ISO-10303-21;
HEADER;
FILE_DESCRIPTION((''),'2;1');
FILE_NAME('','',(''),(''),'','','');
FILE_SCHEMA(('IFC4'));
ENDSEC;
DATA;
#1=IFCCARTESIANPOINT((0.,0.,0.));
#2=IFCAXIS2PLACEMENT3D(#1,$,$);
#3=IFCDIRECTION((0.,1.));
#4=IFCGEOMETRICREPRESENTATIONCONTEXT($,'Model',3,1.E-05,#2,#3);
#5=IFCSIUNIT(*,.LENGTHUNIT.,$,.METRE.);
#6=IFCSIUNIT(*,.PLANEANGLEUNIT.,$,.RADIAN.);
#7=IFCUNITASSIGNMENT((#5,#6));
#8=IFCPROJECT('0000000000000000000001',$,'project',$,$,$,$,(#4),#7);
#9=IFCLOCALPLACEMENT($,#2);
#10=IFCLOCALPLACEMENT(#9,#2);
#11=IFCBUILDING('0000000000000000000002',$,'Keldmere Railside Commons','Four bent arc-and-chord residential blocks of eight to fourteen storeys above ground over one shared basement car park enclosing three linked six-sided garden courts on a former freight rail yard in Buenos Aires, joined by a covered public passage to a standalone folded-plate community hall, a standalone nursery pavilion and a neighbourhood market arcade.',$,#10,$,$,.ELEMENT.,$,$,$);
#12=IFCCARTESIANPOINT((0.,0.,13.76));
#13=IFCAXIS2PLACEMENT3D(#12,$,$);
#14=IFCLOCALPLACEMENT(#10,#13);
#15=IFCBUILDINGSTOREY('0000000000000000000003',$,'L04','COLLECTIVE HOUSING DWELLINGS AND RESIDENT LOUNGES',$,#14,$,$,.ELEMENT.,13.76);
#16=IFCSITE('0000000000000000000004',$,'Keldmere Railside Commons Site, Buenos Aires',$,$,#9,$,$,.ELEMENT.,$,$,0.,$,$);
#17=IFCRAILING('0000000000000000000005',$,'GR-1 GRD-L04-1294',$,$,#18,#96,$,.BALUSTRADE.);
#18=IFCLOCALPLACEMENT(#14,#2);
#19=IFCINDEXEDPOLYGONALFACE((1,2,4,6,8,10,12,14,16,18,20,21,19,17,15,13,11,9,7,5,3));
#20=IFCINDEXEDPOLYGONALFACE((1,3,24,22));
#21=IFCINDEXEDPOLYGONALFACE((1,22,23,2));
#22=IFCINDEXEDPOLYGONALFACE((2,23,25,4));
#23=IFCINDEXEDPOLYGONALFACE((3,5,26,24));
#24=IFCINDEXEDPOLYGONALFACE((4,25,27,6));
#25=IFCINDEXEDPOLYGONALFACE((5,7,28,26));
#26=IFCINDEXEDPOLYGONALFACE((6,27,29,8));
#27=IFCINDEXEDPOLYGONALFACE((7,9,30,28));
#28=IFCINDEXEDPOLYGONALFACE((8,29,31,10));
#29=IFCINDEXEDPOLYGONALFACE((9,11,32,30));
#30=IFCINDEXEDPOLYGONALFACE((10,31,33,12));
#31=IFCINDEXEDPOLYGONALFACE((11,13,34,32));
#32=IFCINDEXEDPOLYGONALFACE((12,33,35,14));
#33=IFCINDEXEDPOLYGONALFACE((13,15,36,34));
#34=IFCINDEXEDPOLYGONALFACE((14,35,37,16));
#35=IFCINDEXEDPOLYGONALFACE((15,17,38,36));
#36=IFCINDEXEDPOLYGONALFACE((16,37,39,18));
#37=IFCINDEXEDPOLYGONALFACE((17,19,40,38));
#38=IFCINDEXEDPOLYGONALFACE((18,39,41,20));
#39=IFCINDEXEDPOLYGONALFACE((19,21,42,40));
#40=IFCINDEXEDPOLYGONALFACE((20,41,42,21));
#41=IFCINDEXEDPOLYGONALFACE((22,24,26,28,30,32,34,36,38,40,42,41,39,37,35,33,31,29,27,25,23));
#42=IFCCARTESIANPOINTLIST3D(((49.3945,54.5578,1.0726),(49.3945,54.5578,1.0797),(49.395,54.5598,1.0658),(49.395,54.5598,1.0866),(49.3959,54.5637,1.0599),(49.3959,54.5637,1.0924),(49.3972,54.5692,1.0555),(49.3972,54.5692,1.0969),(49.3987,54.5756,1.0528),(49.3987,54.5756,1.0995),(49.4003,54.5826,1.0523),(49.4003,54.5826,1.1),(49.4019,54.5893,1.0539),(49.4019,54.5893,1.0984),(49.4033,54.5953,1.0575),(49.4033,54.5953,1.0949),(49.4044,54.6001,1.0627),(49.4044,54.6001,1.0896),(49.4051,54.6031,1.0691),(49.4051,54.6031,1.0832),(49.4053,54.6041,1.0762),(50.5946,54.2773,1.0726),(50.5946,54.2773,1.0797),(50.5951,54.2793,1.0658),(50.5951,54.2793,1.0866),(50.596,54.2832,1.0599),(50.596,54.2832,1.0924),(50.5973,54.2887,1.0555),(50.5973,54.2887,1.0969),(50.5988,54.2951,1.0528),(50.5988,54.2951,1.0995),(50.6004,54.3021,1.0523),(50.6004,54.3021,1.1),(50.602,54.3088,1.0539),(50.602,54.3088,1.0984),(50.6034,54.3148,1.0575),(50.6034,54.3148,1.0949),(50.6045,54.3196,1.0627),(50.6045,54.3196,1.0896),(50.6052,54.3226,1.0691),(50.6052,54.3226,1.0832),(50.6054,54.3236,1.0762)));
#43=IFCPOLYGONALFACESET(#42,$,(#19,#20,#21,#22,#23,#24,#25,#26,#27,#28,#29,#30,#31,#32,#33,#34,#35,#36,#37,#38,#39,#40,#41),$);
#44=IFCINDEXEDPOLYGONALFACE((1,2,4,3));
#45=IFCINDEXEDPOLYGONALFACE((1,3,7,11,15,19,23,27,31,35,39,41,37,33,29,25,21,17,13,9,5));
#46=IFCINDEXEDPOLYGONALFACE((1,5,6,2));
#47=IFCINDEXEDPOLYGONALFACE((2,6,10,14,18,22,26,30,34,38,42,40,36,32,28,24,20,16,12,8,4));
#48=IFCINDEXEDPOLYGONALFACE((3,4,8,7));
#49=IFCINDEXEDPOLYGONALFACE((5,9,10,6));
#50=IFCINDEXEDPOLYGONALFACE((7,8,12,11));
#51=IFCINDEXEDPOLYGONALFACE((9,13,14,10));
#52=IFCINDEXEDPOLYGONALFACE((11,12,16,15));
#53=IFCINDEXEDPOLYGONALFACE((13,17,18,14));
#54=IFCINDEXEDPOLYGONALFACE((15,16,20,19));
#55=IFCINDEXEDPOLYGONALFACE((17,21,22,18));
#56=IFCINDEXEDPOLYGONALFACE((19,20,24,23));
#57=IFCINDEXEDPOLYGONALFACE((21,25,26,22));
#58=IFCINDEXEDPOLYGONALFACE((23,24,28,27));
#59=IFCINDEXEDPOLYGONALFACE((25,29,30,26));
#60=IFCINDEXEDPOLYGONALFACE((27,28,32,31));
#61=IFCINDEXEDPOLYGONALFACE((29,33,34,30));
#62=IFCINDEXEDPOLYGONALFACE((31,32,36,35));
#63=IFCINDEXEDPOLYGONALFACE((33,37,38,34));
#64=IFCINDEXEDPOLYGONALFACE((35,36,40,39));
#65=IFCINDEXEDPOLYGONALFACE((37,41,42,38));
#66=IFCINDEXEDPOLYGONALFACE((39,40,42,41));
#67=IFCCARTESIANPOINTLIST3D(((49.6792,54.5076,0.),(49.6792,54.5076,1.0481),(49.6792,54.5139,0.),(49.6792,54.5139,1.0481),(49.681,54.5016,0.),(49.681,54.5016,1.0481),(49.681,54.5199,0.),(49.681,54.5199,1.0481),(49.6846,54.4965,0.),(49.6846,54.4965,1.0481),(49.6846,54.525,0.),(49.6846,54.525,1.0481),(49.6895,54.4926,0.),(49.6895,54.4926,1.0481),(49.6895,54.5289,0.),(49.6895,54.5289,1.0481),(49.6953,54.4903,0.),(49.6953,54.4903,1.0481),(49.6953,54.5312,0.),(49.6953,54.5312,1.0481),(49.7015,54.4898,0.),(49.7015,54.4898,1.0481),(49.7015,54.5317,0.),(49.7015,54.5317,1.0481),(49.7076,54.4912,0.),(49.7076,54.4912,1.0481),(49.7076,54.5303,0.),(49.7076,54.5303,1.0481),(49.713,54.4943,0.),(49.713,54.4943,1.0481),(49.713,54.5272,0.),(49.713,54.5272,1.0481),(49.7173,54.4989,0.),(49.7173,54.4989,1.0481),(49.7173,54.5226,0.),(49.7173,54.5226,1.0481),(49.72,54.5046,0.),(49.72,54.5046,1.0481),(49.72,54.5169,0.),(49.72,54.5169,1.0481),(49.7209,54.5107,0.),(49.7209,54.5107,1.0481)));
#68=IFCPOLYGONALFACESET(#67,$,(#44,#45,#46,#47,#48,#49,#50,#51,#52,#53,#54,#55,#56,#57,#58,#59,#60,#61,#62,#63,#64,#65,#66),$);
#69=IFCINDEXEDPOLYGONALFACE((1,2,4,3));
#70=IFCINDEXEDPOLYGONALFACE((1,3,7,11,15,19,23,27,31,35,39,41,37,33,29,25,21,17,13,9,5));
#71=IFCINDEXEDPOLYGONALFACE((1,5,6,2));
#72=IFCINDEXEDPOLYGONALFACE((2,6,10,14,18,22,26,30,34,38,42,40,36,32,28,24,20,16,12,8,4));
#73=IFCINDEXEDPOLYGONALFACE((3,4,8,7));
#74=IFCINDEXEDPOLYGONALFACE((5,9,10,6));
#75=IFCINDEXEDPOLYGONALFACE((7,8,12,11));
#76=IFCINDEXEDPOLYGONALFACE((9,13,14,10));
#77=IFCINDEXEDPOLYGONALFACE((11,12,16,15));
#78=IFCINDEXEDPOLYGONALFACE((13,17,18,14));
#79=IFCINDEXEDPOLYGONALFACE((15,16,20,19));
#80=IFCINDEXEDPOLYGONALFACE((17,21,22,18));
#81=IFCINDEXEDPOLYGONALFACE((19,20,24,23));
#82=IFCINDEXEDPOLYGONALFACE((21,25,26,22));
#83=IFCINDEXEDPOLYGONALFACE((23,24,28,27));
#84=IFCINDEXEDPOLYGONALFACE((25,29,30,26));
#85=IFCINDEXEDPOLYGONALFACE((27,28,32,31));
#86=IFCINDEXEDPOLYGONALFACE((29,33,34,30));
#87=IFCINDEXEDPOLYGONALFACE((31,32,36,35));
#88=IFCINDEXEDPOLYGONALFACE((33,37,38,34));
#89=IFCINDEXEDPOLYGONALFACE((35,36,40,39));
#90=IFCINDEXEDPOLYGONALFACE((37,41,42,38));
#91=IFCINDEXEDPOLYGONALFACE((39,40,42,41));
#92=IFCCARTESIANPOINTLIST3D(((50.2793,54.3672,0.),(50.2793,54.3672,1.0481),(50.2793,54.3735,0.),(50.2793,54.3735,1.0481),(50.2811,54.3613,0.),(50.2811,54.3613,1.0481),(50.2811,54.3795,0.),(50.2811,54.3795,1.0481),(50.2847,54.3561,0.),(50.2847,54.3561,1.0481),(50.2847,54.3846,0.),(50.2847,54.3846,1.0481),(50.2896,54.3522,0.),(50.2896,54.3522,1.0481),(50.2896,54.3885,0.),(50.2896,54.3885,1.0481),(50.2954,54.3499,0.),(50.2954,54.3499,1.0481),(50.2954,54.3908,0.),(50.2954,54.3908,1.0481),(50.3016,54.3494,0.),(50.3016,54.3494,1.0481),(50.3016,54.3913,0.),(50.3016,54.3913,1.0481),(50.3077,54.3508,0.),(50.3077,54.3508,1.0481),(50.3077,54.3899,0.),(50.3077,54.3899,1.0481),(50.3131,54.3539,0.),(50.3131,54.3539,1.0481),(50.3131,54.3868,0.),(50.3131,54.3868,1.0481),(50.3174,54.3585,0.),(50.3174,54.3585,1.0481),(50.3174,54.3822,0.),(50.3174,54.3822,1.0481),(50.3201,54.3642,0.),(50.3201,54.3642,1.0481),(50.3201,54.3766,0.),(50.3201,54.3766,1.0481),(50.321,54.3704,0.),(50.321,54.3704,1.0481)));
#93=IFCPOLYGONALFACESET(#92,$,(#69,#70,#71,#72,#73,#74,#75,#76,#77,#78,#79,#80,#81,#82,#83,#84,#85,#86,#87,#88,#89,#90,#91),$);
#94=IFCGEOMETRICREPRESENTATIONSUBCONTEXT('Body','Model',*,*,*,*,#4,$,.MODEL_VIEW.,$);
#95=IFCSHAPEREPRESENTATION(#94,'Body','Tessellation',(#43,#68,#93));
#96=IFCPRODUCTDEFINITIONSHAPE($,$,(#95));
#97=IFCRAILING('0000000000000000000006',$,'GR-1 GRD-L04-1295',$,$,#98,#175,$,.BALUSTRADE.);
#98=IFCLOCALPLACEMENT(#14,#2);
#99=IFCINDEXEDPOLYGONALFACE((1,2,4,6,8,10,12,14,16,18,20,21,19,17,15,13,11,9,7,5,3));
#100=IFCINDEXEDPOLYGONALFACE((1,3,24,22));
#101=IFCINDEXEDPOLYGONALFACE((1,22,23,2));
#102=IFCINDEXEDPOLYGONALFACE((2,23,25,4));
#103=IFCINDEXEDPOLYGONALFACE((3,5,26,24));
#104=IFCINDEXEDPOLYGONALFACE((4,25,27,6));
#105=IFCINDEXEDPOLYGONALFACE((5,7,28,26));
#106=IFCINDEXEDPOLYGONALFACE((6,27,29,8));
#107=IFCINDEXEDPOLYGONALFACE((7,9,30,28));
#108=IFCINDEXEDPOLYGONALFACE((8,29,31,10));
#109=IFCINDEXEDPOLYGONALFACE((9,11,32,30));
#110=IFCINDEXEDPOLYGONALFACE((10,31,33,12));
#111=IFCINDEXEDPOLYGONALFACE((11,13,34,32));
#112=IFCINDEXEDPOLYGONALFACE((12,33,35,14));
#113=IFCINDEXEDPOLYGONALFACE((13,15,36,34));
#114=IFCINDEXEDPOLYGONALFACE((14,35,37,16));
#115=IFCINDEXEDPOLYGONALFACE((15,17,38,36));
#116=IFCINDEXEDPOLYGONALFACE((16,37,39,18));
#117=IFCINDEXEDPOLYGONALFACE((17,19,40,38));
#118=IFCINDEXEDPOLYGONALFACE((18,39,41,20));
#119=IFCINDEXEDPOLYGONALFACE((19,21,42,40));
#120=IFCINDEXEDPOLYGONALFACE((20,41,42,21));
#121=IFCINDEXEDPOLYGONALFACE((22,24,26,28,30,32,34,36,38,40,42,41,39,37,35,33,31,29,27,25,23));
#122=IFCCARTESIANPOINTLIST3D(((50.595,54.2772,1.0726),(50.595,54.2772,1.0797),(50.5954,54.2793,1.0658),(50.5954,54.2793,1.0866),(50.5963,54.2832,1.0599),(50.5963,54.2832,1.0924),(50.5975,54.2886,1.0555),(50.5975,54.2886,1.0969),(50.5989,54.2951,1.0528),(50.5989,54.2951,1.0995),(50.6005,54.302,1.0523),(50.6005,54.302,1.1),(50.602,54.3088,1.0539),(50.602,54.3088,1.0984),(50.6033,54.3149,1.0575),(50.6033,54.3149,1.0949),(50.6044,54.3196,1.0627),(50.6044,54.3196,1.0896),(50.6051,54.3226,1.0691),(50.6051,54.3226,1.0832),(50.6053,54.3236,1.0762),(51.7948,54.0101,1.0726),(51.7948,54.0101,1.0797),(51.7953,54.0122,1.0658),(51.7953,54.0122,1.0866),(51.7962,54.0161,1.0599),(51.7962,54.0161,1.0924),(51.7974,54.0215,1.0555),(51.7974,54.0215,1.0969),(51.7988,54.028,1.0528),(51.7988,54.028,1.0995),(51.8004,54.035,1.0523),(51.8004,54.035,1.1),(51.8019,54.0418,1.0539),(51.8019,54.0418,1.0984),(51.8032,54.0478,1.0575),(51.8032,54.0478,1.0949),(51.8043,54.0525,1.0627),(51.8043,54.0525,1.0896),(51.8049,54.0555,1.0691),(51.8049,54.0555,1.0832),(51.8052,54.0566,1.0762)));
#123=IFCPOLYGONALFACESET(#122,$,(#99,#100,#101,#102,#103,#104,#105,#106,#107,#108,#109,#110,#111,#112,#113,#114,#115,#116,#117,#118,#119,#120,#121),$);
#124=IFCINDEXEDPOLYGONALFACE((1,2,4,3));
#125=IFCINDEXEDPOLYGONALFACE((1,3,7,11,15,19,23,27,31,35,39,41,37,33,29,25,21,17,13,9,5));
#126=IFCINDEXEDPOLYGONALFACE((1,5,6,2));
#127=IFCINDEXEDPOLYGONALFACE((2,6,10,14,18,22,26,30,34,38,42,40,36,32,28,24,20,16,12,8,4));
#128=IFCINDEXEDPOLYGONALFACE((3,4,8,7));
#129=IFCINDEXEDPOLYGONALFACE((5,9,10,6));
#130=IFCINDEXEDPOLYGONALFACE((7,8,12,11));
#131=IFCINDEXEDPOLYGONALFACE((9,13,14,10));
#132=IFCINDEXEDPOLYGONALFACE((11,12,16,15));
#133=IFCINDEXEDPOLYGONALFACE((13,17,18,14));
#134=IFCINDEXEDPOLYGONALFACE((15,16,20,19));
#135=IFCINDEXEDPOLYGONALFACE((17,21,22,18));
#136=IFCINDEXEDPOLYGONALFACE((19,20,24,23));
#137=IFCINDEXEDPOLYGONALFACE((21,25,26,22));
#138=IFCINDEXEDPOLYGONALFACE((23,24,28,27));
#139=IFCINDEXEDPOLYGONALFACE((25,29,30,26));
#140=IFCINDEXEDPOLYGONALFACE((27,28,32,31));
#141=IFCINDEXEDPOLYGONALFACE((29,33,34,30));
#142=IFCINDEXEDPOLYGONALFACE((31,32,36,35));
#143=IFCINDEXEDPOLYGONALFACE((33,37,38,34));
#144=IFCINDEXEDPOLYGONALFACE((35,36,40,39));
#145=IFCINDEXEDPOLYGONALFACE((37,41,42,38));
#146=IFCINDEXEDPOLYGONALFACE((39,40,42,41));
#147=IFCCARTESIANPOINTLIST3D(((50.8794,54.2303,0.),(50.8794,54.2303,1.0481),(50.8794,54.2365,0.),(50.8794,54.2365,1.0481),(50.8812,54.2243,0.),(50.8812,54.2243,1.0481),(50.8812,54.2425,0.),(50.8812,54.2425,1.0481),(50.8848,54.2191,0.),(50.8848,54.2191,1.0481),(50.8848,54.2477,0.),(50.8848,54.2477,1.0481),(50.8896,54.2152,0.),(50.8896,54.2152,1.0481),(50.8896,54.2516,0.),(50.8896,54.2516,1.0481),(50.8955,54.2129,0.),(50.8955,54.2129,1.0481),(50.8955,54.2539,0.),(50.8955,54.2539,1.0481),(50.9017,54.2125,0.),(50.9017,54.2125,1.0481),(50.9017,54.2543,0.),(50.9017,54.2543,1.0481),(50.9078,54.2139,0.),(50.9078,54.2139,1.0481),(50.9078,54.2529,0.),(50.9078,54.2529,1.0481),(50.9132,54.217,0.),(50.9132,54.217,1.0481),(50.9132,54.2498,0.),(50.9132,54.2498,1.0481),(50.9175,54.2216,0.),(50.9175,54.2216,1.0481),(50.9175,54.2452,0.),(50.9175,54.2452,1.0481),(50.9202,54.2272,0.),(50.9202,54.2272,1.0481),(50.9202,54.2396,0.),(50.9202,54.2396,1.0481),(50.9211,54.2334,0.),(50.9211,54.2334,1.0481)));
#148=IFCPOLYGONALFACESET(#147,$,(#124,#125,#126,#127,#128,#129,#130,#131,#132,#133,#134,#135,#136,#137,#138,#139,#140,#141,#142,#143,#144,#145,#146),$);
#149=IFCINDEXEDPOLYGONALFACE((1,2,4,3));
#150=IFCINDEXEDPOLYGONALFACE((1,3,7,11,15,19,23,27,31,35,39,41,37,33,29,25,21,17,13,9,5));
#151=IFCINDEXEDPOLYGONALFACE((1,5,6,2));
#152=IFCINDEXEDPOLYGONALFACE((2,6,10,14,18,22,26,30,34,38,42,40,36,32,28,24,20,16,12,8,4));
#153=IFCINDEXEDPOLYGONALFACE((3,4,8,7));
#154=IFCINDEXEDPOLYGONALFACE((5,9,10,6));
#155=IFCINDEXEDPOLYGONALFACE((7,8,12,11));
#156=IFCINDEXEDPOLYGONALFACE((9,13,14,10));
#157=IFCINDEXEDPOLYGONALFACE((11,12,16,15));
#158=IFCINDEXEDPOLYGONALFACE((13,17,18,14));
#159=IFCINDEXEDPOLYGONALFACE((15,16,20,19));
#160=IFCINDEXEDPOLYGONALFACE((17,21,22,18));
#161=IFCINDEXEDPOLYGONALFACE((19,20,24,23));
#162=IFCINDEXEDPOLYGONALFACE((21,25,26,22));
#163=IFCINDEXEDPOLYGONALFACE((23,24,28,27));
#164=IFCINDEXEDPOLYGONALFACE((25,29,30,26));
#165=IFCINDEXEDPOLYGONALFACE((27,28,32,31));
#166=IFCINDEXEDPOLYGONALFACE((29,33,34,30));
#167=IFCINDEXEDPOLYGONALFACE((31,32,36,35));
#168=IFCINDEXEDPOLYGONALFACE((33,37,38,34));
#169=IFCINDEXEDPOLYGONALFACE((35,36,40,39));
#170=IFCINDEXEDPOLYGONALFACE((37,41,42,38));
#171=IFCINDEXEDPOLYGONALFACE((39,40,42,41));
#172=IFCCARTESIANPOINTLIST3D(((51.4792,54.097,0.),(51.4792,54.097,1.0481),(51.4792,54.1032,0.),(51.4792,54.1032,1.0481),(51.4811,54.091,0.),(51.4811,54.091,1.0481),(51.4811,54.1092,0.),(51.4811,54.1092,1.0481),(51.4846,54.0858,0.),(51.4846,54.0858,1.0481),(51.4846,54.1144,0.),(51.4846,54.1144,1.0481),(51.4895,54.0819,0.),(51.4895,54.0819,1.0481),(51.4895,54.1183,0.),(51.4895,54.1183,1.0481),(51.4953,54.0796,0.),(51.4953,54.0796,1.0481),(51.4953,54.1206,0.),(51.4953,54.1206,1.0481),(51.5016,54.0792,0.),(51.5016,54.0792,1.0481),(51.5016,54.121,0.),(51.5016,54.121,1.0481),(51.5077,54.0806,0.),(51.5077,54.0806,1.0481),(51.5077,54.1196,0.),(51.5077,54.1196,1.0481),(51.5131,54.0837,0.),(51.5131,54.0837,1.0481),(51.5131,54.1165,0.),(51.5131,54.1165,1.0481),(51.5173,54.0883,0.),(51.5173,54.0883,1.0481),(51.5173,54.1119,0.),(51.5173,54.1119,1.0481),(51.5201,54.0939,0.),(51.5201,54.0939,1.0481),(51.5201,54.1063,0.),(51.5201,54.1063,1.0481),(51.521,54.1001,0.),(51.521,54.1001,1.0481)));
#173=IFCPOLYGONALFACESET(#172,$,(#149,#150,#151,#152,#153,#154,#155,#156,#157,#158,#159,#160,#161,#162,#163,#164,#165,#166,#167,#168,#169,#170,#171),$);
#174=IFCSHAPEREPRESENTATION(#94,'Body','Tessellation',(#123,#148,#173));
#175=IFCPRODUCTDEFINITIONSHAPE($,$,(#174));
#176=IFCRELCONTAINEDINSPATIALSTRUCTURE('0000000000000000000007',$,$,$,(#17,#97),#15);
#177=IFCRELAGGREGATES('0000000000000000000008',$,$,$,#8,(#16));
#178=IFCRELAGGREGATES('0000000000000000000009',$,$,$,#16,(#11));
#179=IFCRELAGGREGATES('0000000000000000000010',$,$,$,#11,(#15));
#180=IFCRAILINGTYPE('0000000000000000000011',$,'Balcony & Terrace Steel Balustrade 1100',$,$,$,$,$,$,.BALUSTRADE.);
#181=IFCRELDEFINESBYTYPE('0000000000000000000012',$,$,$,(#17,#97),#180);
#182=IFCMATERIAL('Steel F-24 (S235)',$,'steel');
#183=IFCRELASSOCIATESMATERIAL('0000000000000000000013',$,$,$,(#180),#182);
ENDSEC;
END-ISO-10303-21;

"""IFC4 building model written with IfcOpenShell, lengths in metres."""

from ifc_helpers import new_model, si_unit, direction, frame, origin, origin_2d, place, context, subcontext, project, spatial, circle, extrude, material, type_object, element, save


model = new_model("IFC4")

# Units and contexts
model_context = context("Model", 3, precision=1e-05, world=origin(), true_north=direction((0.0, 1.0)))
body_context = subcontext(model_context, "Body", "Model", "MODEL_VIEW")
ifc_project = project(units=[si_unit("LENGTHUNIT", "METRE"), si_unit("PLANEANGLEUNIT", "RADIAN")], contexts=[model_context])

# Site, building, storey
site_placement = place(None, origin())
site = spatial("IfcSite", under=ifc_project, at=site_placement, Name="Keldmere Railside Commons Site, Buenos Aires", CompositionType="ELEMENT", RefElevation=0.0)
building_placement = place(site_placement, origin())
building = spatial("IfcBuilding", under=site, at=building_placement, Name="Keldmere Railside Commons", Description="Four bent arc-and-chord residential blocks of eight to fourteen storeys above ground over one shared basement car park enclosing three linked six-sided garden courts on a former freight rail yard in Buenos Aires, joined by a covered public passage to a standalone folded-plate community hall, a standalone nursery pavilion and a neighbourhood market arcade.", CompositionType="ELEMENT")
storey_placement = place(building_placement, frame((0.0, 0.0, 13.76)))
storey = spatial("IfcBuildingStorey", under=building, at=storey_placement, Name="L04", Description="COLLECTIVE HOUSING DWELLINGS AND RESIDENT LOUNGES", CompositionType="ELEMENT", Elevation=13.76)

# Railings
ifc_material_1 = material(Name="Steel F-24 (S235)", Category="steel")
railing_type = type_object("IfcRailingType", Name="Balcony & Terrace Steel Balustrade 1100", PredefinedType="BALUSTRADE", material=ifc_material_1)
railing_1_placement = place(storey_placement, frame((49.3999, 54.5808, 0.0)))
element("IfcRailing", 1, at=railing_1_placement, inside=storey, type_object=railing_type, Name="GR-1 GRD-L04-1294", PredefinedType="BALUSTRADE", context=body_context, shape_type="SweptSolid", body=[
    extrude(circle(Radius=0.0239, at=origin_2d()), frame((0.0, 0.0, 1.0762), z_axis=(0.973756, -0.227593, 0.0), x_axis=(0.227593, 0.973756, 0.0)), (0.0, 0.0, 1.0), 1.2324),
    extrude(circle(Radius=0.021, at=origin_2d()), frame((0.3, -0.0701, 0.0)), (0.0, 0.0, 1.0), 1.0481),
    extrude(circle(Radius=0.021, at=origin_2d()), frame((0.9001, -0.2104, 0.0)), (0.0, 0.0, 1.0), 1.0481),
])
railing_2_placement = place(storey_placement, frame((50.6001, 54.3003, 0.0)))
element("IfcRailing", 2, at=railing_2_placement, inside=storey, type_object=railing_type, Name="GR-1 GRD-L04-1295", PredefinedType="BALUSTRADE", context=body_context, shape_type="SweptSolid", body=[
    extrude(circle(Radius=0.0239, at=origin_2d()), frame((0.0, 0.0, 1.0762), z_axis=(0.976112, -0.217267, 0.0), x_axis=(0.217267, 0.976112, 0.0)), (0.0, 0.0, 1.0), 1.2292),
    extrude(circle(Radius=0.021, at=origin_2d()), frame((0.3, -0.0669, 0.0)), (0.0, 0.0, 1.0), 1.0481),
    extrude(circle(Radius=0.021, at=origin_2d()), frame((0.8999, -0.2002, 0.0)), (0.0, 0.0, 1.0), 1.0481),
])

save(model, "model.ifc")
